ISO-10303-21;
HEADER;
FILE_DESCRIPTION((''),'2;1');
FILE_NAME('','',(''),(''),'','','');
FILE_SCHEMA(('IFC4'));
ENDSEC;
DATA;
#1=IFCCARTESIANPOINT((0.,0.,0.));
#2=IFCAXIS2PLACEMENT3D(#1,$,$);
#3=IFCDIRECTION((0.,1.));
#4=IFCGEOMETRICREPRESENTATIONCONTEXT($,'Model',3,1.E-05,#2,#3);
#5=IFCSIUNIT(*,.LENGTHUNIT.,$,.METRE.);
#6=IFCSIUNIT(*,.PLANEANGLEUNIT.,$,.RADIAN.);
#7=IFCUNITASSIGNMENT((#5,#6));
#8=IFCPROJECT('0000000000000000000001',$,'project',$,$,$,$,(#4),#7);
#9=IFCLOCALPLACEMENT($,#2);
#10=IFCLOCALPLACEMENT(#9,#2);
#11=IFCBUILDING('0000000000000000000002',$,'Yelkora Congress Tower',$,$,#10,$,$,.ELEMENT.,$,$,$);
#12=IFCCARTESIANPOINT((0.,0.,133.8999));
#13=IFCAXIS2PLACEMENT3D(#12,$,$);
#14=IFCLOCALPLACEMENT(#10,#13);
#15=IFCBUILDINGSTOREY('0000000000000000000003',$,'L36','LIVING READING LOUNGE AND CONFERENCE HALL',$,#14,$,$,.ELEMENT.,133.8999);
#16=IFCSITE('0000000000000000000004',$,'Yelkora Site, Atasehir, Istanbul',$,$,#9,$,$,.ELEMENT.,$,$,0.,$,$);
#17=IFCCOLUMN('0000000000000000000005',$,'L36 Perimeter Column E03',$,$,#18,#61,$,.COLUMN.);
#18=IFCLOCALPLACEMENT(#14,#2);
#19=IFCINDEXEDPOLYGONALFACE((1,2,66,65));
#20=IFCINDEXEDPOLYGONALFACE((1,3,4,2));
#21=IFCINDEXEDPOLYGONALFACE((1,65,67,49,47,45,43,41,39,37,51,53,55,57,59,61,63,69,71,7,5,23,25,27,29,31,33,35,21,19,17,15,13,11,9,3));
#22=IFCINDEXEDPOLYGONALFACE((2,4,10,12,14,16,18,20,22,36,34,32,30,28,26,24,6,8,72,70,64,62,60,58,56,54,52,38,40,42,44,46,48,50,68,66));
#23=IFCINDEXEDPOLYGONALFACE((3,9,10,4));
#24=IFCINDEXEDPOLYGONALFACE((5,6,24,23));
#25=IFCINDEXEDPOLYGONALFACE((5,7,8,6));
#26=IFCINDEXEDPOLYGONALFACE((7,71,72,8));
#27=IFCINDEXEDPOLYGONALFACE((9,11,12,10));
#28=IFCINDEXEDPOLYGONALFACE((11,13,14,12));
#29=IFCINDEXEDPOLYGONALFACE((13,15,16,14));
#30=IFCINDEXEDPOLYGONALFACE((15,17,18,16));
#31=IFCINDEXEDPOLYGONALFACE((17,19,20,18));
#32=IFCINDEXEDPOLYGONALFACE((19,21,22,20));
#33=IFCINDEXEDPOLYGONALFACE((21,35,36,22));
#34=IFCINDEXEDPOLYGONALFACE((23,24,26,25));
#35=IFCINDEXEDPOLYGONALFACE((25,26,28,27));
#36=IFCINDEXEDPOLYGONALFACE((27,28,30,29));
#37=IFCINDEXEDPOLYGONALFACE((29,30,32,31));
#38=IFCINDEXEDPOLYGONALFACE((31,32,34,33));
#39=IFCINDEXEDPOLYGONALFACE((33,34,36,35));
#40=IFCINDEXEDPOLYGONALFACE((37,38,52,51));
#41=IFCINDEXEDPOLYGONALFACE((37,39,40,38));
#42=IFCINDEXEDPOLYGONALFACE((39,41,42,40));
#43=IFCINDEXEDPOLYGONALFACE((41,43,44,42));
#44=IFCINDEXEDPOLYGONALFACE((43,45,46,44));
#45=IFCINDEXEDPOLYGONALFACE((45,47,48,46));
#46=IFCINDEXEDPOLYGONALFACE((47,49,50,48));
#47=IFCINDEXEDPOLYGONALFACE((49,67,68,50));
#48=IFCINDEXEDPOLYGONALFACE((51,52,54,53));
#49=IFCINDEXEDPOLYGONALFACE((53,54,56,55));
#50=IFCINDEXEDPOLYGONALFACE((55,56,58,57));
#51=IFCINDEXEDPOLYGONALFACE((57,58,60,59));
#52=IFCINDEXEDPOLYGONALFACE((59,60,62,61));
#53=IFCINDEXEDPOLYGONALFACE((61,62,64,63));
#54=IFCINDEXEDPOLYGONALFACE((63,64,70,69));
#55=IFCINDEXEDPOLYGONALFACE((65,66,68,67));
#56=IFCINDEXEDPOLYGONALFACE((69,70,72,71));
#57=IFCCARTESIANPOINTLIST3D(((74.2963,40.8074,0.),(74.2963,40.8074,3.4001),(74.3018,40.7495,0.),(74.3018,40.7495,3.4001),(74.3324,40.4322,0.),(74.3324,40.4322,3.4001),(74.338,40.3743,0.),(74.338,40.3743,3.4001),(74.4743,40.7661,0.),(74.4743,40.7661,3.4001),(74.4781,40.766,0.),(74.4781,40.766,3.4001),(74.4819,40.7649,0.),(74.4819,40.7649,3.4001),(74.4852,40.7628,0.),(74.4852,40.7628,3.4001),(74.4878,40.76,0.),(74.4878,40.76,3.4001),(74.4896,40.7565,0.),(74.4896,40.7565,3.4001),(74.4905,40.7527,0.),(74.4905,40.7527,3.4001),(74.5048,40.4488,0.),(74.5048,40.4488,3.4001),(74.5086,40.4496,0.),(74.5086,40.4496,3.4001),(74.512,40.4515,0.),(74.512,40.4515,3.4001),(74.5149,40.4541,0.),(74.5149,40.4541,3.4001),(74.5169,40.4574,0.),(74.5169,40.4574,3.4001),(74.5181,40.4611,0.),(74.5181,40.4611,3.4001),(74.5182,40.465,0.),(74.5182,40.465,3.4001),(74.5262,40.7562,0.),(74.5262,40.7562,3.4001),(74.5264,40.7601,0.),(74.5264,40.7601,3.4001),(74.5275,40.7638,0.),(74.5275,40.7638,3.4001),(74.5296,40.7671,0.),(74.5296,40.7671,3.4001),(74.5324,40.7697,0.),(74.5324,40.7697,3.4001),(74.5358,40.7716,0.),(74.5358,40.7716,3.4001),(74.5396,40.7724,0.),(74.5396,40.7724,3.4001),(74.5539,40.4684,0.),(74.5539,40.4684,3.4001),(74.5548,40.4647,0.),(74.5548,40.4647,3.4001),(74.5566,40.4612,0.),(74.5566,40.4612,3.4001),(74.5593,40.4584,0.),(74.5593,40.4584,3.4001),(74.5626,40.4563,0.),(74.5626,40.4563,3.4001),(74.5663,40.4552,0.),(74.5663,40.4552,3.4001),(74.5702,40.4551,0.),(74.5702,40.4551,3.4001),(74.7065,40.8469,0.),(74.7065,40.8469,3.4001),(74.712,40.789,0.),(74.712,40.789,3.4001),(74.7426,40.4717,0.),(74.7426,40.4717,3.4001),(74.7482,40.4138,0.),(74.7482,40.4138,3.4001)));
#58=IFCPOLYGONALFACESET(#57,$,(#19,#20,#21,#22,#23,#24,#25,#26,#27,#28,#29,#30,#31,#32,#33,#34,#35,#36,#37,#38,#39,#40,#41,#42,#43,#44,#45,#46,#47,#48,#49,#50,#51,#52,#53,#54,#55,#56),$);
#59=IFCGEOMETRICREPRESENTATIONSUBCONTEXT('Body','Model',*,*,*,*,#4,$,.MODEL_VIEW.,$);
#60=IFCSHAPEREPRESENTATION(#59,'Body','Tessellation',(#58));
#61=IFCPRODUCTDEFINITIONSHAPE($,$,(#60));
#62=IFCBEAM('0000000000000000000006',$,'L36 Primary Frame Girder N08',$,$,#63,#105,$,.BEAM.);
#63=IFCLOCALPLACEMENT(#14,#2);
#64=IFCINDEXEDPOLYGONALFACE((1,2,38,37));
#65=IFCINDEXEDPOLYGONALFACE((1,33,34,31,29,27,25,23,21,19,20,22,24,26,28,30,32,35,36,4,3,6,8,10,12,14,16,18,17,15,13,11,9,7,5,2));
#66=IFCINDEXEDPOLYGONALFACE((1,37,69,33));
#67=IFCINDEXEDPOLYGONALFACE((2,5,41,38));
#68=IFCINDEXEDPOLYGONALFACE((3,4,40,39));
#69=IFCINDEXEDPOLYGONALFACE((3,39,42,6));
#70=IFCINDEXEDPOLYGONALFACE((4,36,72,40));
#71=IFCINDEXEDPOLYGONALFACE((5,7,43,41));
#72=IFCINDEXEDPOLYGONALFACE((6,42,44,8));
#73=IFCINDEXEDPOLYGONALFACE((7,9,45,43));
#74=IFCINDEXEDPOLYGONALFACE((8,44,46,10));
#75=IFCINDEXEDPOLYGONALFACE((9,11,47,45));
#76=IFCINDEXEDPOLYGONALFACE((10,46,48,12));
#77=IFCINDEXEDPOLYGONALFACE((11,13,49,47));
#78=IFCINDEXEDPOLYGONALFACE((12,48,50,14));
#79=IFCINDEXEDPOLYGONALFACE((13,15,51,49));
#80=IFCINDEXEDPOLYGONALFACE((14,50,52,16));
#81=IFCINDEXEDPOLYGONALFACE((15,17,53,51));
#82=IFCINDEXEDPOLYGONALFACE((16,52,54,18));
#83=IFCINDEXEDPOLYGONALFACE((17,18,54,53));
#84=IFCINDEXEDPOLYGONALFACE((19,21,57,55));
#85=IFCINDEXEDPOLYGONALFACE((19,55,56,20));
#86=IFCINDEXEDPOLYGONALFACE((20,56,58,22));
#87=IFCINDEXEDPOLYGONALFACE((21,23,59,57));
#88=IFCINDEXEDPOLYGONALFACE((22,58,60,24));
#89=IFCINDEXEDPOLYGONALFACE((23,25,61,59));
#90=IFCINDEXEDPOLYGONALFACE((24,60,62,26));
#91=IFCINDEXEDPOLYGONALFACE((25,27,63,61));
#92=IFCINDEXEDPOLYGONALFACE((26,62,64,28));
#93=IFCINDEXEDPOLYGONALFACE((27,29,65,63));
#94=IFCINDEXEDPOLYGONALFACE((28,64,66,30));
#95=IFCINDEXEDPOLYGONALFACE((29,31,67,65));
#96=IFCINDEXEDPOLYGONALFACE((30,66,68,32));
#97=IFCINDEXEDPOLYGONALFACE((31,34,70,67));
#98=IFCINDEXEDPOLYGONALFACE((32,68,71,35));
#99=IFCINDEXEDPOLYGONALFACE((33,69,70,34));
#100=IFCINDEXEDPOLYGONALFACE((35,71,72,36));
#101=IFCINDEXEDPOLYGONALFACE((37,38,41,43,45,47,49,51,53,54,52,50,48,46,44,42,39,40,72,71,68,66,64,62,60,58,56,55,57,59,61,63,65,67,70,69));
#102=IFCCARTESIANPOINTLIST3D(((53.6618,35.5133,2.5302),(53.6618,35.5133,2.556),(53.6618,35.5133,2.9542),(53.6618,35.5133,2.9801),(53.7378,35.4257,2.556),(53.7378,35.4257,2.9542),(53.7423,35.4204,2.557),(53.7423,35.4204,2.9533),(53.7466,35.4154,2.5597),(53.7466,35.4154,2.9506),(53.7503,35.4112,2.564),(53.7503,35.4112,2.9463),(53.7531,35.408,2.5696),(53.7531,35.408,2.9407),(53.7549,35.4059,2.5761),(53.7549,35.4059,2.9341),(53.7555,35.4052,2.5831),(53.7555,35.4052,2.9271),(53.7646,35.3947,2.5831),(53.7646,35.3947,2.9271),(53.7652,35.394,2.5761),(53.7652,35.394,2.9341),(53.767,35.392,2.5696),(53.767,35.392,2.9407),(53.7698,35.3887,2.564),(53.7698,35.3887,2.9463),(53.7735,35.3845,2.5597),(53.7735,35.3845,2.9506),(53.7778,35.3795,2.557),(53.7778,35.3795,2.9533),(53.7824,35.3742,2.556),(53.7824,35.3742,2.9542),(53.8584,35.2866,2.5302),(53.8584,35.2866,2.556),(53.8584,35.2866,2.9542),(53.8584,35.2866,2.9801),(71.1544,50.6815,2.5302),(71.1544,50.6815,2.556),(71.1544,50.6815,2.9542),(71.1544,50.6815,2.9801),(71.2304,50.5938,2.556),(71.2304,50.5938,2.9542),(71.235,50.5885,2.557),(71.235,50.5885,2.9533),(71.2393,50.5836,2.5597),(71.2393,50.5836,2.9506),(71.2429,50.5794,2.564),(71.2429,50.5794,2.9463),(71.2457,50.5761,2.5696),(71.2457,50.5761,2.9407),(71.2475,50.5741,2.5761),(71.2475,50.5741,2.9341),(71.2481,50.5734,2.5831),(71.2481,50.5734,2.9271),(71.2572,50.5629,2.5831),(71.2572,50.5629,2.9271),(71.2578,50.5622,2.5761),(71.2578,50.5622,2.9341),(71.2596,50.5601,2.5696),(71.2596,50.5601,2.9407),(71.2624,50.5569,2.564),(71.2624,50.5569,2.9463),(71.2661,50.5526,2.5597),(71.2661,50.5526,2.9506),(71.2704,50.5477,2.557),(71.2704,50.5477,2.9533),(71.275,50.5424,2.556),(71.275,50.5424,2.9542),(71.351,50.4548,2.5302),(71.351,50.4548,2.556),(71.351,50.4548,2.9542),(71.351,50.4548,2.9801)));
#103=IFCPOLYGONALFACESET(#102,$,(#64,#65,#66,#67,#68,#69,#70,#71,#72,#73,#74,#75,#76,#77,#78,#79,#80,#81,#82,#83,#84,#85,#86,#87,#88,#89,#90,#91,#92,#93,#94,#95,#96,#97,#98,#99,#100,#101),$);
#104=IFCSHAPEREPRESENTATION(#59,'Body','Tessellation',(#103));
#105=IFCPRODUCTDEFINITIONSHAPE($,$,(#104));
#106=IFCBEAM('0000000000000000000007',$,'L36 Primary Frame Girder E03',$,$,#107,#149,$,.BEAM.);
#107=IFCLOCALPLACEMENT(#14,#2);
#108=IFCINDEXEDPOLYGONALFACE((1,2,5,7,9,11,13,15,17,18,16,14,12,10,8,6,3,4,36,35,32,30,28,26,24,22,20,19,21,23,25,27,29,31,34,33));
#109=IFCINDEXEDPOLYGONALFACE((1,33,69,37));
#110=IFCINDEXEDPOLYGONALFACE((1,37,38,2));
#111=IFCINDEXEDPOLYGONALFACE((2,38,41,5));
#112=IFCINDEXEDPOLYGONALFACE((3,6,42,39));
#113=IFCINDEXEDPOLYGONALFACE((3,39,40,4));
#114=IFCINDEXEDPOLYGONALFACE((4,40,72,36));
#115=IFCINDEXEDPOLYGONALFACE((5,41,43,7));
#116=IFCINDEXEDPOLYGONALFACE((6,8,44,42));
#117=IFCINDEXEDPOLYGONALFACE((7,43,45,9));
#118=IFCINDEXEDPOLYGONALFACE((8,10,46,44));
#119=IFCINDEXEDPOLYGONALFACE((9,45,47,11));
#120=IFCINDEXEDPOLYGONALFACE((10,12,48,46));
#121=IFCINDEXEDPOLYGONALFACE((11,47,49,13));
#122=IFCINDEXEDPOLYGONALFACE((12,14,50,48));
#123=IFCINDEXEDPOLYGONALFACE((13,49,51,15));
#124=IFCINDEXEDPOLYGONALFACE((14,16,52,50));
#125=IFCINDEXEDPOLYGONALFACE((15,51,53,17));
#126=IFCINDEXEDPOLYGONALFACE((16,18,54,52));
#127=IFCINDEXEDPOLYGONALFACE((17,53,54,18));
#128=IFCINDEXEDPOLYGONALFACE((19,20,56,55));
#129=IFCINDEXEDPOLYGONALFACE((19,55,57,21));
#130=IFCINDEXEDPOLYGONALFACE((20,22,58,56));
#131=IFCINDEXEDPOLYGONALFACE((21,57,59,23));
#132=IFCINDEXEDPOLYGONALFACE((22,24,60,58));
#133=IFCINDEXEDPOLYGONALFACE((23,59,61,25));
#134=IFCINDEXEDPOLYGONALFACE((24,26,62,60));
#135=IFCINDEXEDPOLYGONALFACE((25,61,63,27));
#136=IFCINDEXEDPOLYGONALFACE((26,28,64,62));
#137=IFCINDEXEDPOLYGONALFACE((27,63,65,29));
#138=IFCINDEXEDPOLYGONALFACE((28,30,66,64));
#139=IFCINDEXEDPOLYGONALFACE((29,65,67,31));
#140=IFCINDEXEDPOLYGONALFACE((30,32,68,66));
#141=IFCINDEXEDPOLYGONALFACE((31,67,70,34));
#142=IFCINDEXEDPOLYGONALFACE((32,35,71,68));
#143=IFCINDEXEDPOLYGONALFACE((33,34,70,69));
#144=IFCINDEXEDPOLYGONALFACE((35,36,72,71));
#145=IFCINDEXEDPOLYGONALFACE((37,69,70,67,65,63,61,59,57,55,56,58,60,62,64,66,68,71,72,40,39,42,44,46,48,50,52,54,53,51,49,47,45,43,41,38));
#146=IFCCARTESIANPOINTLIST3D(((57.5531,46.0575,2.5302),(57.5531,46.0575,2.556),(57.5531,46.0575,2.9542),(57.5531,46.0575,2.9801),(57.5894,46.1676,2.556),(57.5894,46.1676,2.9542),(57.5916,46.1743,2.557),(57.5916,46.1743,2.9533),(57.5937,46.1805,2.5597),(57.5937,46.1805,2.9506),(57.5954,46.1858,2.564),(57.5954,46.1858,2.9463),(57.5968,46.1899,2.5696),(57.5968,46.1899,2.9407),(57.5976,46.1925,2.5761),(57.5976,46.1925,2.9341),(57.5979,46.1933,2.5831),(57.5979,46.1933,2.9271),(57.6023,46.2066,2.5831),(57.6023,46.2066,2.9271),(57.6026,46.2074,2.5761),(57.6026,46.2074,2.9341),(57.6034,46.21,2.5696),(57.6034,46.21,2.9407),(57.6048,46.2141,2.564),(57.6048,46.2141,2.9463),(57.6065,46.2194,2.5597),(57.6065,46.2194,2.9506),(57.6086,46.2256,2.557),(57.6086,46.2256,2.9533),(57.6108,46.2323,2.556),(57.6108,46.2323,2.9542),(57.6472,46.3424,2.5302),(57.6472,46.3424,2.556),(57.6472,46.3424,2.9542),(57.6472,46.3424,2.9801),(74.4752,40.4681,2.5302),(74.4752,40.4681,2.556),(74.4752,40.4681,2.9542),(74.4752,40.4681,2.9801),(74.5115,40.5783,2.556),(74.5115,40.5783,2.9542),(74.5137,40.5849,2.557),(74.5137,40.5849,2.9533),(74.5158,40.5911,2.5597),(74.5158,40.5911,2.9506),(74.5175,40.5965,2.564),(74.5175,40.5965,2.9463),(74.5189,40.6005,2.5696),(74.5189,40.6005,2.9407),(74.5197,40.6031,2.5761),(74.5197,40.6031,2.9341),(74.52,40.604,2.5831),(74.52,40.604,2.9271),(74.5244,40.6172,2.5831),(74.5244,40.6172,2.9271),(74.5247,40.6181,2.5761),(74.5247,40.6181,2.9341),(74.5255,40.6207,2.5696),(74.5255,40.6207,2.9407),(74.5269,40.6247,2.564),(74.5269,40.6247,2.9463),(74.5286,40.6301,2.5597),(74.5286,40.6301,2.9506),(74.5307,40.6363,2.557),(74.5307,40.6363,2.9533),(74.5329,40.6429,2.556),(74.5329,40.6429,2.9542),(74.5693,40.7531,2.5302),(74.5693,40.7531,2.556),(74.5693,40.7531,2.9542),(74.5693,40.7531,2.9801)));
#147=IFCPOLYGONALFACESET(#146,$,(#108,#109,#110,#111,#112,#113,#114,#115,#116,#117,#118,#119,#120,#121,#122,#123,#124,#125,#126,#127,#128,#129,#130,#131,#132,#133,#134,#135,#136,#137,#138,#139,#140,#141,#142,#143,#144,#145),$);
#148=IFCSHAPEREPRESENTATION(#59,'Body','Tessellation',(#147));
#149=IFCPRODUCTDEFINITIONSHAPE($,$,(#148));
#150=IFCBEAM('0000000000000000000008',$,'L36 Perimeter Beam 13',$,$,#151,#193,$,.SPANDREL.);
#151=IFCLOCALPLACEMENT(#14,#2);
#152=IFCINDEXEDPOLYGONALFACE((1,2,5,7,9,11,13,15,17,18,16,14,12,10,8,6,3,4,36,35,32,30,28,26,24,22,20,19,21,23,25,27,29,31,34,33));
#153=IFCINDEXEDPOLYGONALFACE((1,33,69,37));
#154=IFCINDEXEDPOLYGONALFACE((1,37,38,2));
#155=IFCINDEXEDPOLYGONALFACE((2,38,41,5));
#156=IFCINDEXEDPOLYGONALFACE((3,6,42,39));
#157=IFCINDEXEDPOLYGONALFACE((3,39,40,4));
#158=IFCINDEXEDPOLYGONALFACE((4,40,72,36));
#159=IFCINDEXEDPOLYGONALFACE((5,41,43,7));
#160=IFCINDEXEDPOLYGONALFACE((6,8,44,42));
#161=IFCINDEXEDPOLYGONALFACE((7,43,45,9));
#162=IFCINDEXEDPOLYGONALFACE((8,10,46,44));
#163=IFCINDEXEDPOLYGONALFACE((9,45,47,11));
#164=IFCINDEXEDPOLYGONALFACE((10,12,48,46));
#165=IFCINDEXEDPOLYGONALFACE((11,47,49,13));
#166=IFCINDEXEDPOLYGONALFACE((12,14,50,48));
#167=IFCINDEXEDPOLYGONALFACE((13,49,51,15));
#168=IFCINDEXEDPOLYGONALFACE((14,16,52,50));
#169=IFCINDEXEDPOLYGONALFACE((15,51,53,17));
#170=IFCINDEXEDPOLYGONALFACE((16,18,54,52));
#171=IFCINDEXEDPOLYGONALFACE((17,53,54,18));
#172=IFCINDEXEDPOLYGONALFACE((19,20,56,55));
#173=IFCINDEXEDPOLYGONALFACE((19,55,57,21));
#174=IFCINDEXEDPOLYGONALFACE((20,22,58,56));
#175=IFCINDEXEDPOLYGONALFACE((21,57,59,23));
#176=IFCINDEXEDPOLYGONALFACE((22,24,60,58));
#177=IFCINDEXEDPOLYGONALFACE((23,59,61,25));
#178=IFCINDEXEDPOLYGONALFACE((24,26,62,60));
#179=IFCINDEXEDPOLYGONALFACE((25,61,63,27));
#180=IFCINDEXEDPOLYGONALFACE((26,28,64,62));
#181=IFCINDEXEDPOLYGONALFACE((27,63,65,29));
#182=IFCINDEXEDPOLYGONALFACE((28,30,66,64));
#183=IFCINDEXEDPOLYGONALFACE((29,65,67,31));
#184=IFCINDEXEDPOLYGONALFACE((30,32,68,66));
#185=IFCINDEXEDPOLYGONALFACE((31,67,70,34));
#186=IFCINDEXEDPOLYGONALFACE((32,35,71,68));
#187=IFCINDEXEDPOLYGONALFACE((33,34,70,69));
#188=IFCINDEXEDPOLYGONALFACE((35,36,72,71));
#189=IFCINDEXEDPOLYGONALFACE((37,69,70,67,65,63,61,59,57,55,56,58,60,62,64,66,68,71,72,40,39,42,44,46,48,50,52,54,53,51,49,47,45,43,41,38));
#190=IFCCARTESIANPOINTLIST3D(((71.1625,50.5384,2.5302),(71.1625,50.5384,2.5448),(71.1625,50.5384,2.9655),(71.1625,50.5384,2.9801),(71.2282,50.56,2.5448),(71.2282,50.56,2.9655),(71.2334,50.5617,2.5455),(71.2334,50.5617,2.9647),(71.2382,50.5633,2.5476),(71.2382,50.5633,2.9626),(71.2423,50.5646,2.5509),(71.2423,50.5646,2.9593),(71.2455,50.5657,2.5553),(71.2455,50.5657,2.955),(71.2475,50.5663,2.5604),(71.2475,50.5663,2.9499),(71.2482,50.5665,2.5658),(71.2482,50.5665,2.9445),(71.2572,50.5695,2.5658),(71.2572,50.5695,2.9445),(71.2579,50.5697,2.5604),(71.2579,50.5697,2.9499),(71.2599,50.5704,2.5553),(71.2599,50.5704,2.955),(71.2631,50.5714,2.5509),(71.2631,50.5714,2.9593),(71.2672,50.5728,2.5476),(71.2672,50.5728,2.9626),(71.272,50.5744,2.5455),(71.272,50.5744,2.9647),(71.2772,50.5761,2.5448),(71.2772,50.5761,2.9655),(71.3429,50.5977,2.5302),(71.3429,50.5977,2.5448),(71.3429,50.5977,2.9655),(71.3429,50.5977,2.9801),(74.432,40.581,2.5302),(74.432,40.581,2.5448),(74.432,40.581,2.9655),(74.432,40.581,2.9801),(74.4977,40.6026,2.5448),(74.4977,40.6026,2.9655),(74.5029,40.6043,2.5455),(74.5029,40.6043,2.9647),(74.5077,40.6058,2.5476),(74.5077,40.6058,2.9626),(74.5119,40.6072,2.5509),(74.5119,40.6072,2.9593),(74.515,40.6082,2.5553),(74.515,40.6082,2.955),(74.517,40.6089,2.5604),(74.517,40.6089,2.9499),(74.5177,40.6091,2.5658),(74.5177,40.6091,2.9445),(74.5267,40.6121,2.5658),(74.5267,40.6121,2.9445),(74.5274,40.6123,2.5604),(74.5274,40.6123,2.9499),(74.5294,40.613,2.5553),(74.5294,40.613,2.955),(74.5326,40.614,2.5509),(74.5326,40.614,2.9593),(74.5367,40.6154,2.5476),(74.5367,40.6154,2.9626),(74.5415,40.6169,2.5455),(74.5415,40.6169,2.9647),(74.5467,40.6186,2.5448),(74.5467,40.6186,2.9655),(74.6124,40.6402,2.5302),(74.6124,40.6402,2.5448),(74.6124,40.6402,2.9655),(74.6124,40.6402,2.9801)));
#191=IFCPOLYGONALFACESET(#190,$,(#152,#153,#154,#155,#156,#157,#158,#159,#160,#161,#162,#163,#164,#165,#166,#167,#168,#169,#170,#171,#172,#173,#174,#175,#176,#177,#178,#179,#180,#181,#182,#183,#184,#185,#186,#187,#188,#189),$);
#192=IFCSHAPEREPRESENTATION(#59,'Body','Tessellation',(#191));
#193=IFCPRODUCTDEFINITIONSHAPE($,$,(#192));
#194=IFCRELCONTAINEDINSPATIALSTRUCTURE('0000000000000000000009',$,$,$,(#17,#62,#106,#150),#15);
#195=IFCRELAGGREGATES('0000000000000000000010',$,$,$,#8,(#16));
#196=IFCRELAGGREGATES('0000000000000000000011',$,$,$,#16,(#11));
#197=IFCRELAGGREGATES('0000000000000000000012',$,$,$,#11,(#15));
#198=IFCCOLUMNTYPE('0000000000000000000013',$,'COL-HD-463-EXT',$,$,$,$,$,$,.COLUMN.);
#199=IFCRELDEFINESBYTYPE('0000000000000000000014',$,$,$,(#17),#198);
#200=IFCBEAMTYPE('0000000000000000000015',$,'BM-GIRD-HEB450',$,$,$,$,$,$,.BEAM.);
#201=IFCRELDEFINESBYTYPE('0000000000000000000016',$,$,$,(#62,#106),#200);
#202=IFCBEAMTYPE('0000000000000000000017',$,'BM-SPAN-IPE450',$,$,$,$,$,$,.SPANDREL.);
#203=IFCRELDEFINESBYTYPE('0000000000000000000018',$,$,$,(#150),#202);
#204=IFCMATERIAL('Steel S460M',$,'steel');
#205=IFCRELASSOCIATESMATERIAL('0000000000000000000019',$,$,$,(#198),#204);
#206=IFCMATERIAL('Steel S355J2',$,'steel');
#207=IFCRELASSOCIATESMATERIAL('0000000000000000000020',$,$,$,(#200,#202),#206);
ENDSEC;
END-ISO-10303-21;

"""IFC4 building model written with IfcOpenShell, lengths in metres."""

from ifc_helpers import new_model, si_unit, direction, frame, origin, origin_2d, place, context, subcontext, project, spatial, i_section, extrude, material, material_profile, profile_set, type_object, element, save


model = new_model("IFC4")

# Units and contexts
model_context = context("Model", 3, precision=1e-05, world=origin(), true_north=direction((0.0, 1.0)))
body_context = subcontext(model_context, "Body", "Model", "MODEL_VIEW")
ifc_project = project(units=[si_unit("LENGTHUNIT", "METRE"), si_unit("PLANEANGLEUNIT", "RADIAN")], contexts=[model_context])

# Site, building, storey
site_placement = place(None, origin())
site = spatial("IfcSite", under=ifc_project, at=site_placement, Name="Yelkora Site, Atasehir, Istanbul", CompositionType="ELEMENT", RefElevation=0.0)
building_placement = place(site_placement, origin())
building = spatial("IfcBuilding", under=site, at=building_placement, Name="Yelkora Congress Tower", CompositionType="ELEMENT")
storey_placement = place(building_placement, frame((0.0, 0.0, 133.8999)))
storey = spatial("IfcBuildingStorey", under=building, at=storey_placement, Name="L36", Description="LIVING READING LOUNGE AND CONFERENCE HALL", CompositionType="ELEMENT", Elevation=133.8999)

# Column
ifc_material_1 = material(Name="Steel S460M", Category="steel")
ifc_material_profile_1 = material_profile(ifc_material_1, i_section(OverallWidth=0.4121, OverallDepth=0.4351, WebThickness=0.0359, FlangeThickness=0.0581, FilletRadius=0.0149, at=origin_2d()), Name="HD 400x463")
ifc_profile_set_1 = profile_set([ifc_material_profile_1], Name="Steel S460M")
column_type = type_object("IfcColumnType", Name="COL-HD-463-EXT", PredefinedType="COLUMN", material=ifc_profile_set_1)
column_placement = place(storey_placement, frame((74.5222, 40.6106, 0.0), z_axis=(0.0, 0.0, 1.0), x_axis=(0.995396, 0.095846, 0.0)))
element("IfcColumn", 1, at=column_placement, inside=storey, type_object=column_type, Name="L36 Perimeter Column E03", PredefinedType="COLUMN", context=body_context, shape_type="SweptSolid", body=[
    extrude(i_section(OverallWidth=0.4121, OverallDepth=0.4351, WebThickness=0.0359, FlangeThickness=0.0581, FilletRadius=0.0149, at=origin_2d()), origin(), (0.0, 0.0, 1.0), 3.4001),
])

# Beams
ifc_material_2 = material(Name="Steel S355J2", Category="steel")
ifc_material_profile_2 = material_profile(ifc_material_2, i_section(OverallWidth=0.3, OverallDepth=0.45, WebThickness=0.0139, FlangeThickness=0.0259, FilletRadius=0.0271, at=origin_2d()), Name="HEB 450")
ifc_profile_set_2 = profile_set([ifc_material_profile_2], Name="Steel S355J2")
beam_type_1 = type_object("IfcBeamType", Name="BM-GIRD-HEB450", PredefinedType="BEAM", material=ifc_profile_set_2)
beam_1_placement = place(storey_placement, frame((71.2527, 50.5681, 2.7551), z_axis=(-0.75552, -0.655125, 0.0), x_axis=(0.655125, -0.75552, 0.0)))
element("IfcBeam", 2, at=beam_1_placement, inside=storey, type_object=beam_type_1, Name="L36 Primary Frame Girder N08", PredefinedType="BEAM", context=body_context, shape_type="SweptSolid", body=[
    extrude(i_section(OverallWidth=0.3, OverallDepth=0.45, WebThickness=0.0139, FlangeThickness=0.0259, FilletRadius=0.0271, at=origin_2d()), origin(), (0.0, 0.0, 1.0), 23.1531),
])
beam_2_placement = place(storey_placement, frame((74.5222, 40.6106, 2.7551), z_axis=(-0.949544, 0.313633, 0.0), x_axis=(-0.313633, -0.949544, 0.0)))
element("IfcBeam", 3, at=beam_2_placement, inside=storey, type_object=beam_type_1, Name="L36 Primary Frame Girder E03", PredefinedType="BEAM", context=body_context, shape_type="SweptSolid", body=[
    extrude(i_section(OverallWidth=0.3, OverallDepth=0.45, WebThickness=0.0139, FlangeThickness=0.0259, FilletRadius=0.0271, at=origin_2d()), origin(), (0.0, 0.0, 1.0), 17.8213),
])
ifc_material_profile_3 = material_profile(ifc_material_2, i_section(OverallWidth=0.1899, OverallDepth=0.45, WebThickness=0.0095, FlangeThickness=0.0146, FilletRadius=0.021, at=origin_2d()), Name="IPE 450")
ifc_profile_set_3 = profile_set([ifc_material_profile_3], Name="Steel S355J2")
beam_type_2 = type_object("IfcBeamType", Name="BM-SPAN-IPE450", PredefinedType="SPANDREL", material=ifc_profile_set_3)
beam_3_placement = place(storey_placement, frame((74.5222, 40.6106, 2.7551), z_axis=(-0.311962, 0.950095, 0.0), x_axis=(-0.950095, -0.311962, 0.0)))
element("IfcBeam", 4, at=beam_3_placement, inside=storey, type_object=beam_type_2, Name="L36 Perimeter Beam 13", PredefinedType="SPANDREL", context=body_context, shape_type="SweptSolid", body=[
    extrude(i_section(OverallWidth=0.1899, OverallDepth=0.45, WebThickness=0.0095, FlangeThickness=0.0146, FilletRadius=0.021, at=origin_2d()), origin(), (0.0, 0.0, 1.0), 10.4805),
])

save(model, "model.ifc")
